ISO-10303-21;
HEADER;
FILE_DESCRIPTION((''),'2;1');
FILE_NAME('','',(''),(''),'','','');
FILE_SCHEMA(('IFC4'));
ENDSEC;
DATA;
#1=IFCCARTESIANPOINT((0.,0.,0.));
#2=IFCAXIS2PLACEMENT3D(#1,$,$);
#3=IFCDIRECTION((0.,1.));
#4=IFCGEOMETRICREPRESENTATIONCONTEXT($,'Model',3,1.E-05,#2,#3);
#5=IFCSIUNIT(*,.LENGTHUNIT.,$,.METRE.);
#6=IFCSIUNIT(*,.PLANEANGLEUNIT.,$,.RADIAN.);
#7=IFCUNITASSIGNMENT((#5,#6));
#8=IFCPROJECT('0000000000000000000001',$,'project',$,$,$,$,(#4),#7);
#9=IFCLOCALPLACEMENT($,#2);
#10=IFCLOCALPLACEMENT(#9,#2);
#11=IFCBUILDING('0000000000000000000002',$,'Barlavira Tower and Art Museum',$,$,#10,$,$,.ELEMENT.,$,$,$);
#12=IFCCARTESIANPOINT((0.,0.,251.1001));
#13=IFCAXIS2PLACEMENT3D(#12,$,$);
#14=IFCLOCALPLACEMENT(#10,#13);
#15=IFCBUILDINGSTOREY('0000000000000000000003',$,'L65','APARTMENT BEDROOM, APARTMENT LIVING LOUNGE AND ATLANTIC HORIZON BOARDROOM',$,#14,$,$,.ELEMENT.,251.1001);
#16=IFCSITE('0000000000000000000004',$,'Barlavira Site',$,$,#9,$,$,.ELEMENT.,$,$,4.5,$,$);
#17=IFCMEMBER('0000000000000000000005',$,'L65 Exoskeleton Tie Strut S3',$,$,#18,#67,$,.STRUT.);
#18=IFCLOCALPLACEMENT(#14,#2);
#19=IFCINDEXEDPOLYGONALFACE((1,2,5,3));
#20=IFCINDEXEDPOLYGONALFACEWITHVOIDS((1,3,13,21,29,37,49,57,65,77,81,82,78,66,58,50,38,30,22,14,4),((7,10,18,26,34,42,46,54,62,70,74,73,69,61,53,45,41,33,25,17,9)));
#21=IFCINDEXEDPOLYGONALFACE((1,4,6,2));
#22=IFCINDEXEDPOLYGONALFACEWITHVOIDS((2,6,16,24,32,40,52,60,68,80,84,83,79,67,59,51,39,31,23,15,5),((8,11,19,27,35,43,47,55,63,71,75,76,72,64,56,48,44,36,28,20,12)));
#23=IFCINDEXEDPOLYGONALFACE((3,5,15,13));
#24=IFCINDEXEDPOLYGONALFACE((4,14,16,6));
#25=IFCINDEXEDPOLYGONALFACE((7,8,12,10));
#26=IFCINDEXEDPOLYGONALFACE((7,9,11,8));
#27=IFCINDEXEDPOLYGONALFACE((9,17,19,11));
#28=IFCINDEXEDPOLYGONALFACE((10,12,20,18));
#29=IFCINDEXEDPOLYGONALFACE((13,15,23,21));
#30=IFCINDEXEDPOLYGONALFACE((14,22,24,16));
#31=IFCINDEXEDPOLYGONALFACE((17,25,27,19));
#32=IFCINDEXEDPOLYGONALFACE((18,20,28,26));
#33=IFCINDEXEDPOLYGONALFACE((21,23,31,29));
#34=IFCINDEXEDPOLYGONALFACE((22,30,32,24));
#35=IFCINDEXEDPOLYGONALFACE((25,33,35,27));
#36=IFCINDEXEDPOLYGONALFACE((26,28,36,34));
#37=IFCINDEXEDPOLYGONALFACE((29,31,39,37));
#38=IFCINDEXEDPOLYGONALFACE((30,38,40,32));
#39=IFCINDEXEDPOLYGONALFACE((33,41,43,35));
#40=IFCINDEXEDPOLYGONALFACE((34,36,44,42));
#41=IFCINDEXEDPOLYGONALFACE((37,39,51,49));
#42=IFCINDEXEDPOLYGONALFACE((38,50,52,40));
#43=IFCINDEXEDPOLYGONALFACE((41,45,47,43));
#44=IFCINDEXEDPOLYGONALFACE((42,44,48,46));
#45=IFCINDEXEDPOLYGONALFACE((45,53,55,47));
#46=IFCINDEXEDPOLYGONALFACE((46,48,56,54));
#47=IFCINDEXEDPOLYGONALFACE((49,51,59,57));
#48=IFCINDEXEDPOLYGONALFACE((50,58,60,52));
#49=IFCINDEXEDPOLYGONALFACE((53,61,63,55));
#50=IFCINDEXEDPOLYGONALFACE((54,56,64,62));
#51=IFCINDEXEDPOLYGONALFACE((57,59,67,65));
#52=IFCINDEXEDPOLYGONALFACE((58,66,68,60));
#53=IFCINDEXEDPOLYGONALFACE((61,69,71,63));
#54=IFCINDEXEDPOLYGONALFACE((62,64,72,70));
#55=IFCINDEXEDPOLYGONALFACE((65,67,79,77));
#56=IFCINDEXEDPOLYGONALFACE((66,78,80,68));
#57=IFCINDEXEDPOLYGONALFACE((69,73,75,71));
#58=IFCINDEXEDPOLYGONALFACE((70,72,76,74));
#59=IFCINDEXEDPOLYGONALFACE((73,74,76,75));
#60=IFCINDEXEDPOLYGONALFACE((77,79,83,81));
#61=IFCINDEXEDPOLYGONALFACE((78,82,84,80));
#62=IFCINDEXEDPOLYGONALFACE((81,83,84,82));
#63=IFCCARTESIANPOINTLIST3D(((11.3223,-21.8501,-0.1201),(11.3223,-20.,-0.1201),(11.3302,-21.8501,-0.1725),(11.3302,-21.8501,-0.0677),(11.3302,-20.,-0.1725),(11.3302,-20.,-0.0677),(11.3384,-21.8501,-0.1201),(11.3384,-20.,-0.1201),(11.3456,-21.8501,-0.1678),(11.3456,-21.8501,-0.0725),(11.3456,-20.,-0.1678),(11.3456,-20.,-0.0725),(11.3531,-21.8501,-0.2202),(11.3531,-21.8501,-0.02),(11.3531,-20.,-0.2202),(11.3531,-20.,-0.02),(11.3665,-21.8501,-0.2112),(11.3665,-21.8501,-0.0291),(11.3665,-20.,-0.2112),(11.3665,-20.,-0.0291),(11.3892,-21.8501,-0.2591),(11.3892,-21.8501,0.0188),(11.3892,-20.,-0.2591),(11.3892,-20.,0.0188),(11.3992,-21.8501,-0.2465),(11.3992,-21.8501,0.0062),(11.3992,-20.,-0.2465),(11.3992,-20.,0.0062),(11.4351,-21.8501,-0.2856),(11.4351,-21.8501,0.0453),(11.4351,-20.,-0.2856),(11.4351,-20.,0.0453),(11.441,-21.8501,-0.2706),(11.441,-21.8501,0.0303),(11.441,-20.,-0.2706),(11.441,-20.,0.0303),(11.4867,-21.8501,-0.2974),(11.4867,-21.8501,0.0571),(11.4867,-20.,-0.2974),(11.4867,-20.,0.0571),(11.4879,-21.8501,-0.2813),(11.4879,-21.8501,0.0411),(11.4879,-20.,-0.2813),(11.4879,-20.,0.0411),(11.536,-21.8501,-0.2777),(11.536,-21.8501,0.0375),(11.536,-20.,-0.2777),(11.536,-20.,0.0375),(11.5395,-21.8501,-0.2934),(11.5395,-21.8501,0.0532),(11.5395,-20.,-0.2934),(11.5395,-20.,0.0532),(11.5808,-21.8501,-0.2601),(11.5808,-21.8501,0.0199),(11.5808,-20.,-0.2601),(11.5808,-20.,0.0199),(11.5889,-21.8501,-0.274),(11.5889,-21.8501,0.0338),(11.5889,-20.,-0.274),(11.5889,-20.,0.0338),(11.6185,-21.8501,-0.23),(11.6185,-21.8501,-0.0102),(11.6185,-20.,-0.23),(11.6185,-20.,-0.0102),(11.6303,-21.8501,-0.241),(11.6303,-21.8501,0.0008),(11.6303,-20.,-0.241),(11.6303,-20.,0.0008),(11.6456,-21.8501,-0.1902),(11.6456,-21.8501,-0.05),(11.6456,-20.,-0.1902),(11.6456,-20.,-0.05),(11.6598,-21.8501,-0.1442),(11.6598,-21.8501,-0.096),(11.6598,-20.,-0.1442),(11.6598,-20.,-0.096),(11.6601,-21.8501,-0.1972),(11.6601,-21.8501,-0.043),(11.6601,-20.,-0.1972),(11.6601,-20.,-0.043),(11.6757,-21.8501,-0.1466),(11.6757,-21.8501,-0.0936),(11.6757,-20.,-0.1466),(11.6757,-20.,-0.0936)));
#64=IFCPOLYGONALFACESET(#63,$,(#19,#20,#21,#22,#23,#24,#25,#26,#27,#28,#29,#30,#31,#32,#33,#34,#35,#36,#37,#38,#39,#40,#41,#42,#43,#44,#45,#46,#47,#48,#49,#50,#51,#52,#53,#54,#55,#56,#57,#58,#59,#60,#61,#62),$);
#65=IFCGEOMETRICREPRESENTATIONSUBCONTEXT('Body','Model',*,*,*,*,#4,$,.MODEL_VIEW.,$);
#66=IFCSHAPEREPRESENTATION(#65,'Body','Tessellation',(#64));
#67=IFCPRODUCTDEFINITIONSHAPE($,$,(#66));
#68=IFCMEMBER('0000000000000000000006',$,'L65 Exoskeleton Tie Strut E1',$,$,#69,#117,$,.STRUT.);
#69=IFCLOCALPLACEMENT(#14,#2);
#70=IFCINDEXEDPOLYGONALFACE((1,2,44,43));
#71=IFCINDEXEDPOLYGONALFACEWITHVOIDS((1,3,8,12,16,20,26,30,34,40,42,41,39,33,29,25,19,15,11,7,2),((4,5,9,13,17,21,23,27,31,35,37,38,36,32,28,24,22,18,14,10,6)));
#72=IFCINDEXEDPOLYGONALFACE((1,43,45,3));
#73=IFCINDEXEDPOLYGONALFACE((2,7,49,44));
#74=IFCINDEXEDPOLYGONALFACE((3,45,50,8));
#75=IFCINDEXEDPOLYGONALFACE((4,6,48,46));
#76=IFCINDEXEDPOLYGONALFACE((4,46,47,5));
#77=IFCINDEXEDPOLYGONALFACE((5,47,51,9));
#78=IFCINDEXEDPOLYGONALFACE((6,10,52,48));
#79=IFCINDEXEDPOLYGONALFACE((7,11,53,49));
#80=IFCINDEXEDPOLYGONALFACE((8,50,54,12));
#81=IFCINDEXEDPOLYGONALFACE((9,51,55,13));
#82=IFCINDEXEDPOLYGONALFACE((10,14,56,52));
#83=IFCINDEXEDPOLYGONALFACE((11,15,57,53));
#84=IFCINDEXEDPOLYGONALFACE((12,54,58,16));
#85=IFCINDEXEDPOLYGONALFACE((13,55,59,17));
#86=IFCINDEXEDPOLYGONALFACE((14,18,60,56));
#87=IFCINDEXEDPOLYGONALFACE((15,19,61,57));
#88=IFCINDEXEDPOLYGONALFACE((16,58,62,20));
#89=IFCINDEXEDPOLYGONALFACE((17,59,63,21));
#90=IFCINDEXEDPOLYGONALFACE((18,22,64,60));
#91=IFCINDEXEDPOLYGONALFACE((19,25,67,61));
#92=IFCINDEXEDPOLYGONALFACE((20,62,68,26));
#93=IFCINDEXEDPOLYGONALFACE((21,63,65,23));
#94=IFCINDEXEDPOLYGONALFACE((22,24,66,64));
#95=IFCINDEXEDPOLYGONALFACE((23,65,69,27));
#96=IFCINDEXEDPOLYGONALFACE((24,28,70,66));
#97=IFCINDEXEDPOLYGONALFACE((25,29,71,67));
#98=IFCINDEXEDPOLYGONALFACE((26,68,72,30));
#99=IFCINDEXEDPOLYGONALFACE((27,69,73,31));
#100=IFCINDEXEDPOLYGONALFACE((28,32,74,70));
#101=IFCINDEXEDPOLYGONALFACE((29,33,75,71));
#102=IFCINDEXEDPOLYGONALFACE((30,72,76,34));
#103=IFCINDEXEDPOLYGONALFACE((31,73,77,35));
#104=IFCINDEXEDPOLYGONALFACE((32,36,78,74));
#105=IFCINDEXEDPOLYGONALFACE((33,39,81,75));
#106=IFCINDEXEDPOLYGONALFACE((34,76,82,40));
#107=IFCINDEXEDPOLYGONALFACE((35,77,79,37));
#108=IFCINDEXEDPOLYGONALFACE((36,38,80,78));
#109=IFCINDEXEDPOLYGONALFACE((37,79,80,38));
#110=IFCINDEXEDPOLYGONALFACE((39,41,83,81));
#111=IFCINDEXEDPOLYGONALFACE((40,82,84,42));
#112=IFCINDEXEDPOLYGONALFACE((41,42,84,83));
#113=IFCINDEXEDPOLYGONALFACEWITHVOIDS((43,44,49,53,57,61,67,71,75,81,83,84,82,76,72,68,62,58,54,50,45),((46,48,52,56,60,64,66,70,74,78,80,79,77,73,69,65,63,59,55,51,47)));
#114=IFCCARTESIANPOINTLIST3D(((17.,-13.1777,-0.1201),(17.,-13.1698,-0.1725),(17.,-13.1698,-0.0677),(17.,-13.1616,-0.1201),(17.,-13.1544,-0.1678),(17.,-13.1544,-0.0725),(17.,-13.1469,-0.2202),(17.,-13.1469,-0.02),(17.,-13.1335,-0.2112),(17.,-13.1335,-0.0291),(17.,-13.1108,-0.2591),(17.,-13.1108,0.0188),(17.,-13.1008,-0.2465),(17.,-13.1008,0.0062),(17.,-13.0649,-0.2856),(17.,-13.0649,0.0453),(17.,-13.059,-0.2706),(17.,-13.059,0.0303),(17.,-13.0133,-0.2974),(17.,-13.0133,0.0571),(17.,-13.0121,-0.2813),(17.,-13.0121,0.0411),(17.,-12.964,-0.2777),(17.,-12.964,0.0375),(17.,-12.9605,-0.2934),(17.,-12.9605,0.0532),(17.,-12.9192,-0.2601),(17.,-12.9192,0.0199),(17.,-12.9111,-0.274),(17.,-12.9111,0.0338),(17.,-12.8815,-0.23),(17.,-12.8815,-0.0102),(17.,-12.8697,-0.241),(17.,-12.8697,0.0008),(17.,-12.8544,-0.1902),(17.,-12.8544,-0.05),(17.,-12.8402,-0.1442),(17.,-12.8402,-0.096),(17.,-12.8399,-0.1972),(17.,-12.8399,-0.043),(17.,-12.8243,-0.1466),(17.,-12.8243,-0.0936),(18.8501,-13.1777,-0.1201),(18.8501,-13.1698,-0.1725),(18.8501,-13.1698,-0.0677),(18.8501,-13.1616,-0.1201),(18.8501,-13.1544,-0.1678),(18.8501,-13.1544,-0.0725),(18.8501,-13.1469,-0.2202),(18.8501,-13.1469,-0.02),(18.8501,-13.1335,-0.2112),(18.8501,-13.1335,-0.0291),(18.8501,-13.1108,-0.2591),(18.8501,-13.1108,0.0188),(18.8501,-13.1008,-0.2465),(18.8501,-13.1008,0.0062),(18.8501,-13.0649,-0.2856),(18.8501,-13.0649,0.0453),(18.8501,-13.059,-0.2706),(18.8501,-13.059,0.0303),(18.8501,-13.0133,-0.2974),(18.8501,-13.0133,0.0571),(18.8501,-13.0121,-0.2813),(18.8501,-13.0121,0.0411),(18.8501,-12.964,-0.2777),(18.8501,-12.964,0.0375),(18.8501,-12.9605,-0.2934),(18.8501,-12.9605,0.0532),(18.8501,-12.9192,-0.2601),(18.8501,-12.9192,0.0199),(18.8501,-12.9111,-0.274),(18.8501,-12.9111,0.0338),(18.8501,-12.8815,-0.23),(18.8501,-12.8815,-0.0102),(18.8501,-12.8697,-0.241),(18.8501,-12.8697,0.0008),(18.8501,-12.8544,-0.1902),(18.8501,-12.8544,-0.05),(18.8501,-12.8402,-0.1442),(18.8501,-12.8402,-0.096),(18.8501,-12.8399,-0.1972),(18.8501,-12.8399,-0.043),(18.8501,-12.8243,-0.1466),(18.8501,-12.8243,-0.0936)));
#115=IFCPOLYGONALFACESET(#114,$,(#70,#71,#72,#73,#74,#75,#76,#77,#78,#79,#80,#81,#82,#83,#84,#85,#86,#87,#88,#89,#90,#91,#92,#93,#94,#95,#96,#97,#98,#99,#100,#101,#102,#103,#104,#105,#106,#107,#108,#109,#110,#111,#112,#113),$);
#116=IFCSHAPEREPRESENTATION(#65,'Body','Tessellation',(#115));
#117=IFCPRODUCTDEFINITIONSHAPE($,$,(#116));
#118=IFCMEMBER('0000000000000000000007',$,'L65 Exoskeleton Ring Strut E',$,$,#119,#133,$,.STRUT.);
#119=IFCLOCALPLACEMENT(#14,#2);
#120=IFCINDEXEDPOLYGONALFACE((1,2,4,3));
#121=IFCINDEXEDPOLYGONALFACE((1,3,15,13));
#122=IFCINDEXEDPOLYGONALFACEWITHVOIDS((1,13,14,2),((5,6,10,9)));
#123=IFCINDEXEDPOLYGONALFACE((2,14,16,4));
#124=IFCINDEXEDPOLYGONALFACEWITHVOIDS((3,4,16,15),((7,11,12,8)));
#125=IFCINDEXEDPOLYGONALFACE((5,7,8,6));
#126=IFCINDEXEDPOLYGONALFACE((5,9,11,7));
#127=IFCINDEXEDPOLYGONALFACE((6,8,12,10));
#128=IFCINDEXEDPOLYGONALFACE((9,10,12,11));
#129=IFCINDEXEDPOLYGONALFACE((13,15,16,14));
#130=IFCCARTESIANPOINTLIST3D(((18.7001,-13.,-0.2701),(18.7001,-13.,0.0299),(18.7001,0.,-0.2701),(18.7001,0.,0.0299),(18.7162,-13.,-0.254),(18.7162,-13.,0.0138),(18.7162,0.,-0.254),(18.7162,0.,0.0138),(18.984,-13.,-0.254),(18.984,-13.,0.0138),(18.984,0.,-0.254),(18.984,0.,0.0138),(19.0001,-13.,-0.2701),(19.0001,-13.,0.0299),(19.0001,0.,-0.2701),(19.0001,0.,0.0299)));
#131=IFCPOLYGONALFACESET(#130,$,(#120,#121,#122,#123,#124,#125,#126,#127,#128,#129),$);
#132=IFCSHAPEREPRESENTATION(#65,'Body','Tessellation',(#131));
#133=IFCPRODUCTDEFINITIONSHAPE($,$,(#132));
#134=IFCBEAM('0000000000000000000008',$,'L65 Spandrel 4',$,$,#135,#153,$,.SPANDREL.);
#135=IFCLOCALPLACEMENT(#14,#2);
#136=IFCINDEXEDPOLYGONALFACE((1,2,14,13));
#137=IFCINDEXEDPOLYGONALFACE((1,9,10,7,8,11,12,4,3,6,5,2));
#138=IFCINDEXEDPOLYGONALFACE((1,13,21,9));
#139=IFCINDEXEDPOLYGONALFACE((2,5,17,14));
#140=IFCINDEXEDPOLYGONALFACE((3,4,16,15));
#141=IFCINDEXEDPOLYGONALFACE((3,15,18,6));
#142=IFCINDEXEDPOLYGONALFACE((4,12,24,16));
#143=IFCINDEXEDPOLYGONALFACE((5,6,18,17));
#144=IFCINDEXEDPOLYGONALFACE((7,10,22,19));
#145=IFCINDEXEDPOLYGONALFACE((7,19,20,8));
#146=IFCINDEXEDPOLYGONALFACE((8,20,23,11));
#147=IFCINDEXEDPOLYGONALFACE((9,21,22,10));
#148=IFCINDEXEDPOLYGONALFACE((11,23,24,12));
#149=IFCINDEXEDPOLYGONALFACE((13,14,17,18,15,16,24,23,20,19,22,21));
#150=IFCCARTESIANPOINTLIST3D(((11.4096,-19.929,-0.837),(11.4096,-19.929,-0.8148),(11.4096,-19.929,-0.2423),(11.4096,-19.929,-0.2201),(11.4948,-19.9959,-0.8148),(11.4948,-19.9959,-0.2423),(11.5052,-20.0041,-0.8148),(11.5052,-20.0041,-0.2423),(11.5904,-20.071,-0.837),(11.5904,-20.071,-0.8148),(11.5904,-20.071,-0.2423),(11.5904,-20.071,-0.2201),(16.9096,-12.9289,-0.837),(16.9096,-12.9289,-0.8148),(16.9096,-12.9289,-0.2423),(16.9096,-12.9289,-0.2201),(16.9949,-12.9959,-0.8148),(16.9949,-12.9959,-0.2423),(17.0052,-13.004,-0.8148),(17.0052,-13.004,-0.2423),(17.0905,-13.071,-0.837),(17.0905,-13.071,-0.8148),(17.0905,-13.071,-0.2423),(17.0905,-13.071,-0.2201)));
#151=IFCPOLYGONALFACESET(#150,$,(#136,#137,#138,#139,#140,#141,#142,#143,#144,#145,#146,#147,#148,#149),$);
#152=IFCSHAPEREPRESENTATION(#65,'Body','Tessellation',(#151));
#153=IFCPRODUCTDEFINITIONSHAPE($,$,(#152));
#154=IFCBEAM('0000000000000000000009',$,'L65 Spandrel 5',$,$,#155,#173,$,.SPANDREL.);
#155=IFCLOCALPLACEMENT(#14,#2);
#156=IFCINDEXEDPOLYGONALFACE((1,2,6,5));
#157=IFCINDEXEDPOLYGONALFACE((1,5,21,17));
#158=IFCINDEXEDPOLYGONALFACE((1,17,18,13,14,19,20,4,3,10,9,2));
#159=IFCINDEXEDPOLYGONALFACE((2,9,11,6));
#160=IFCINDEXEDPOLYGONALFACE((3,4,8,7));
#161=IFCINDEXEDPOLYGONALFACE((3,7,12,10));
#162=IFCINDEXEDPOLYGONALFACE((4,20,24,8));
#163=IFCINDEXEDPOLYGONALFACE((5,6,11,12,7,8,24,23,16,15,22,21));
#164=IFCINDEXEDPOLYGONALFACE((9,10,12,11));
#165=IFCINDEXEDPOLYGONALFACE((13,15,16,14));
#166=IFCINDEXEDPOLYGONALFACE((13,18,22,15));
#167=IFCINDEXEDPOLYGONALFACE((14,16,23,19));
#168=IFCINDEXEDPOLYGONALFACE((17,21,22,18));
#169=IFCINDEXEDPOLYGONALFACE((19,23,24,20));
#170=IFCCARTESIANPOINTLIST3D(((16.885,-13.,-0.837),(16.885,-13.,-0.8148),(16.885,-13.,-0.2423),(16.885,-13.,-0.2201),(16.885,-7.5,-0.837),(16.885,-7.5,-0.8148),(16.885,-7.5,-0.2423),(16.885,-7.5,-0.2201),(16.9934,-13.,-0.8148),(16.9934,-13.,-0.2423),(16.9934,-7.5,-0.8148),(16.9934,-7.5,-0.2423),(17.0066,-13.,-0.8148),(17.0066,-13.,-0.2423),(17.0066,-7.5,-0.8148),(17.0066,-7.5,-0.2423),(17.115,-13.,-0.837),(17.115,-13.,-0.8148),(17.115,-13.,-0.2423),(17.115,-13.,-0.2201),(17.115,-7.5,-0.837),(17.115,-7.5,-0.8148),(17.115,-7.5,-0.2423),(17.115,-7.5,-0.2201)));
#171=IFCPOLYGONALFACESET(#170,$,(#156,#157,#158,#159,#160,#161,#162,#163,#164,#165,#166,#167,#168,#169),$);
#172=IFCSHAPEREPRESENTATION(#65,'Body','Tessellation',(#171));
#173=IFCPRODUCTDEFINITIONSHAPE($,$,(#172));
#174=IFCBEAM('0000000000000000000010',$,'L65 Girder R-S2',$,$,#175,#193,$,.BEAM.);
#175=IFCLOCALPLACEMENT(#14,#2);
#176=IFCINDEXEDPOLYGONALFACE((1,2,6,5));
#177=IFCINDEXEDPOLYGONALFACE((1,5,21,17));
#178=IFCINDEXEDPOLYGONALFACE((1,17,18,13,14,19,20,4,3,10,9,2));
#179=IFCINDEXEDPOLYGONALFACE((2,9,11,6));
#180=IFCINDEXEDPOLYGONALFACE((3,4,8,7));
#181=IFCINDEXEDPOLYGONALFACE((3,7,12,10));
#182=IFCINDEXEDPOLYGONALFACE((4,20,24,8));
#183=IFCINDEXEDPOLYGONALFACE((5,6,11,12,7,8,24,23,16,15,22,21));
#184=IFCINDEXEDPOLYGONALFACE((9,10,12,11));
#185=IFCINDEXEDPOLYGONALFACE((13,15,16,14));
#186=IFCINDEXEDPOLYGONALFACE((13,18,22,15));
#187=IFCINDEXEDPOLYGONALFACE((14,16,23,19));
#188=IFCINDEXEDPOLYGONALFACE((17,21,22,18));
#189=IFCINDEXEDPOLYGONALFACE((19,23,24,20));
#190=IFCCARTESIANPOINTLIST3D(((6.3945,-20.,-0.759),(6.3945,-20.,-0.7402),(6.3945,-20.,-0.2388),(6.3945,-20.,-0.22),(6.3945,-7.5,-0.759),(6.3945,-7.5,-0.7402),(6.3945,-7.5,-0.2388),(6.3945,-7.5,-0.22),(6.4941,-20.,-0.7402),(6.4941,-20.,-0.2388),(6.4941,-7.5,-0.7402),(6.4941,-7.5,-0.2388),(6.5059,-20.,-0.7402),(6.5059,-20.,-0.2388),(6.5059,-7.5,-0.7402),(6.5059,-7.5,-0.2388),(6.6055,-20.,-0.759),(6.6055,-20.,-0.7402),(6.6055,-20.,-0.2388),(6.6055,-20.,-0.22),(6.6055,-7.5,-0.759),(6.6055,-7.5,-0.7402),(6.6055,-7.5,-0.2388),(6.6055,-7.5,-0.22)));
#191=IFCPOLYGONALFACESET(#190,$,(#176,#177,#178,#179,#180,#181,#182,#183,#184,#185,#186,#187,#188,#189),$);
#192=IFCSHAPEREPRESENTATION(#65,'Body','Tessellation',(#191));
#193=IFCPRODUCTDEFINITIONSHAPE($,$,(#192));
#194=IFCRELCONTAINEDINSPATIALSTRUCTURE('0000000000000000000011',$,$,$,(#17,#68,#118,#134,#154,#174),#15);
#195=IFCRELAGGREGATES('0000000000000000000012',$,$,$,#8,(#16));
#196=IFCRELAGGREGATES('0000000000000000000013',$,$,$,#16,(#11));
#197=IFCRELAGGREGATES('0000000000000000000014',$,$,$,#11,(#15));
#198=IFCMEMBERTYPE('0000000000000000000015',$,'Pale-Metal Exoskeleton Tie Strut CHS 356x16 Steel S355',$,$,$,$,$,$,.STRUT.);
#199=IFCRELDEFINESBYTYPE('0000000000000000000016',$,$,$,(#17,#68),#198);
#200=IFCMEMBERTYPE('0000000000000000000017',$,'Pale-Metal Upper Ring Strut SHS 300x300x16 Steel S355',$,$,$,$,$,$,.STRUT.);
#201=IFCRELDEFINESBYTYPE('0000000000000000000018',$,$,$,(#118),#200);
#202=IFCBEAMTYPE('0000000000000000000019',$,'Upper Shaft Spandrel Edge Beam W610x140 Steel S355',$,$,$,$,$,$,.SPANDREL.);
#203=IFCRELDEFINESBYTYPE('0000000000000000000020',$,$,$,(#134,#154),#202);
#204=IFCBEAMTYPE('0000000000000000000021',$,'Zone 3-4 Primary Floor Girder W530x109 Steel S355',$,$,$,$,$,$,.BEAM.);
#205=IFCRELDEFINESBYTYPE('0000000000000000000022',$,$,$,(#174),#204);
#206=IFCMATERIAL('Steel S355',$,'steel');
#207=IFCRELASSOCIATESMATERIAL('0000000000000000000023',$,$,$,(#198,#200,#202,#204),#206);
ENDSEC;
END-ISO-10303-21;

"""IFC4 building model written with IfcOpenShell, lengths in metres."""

from ifc_helpers import new_model, si_unit, direction, frame, origin, origin_2d, place, context, subcontext, project, spatial, hollow_rectangle, hollow_circle, i_section, extrude, material, material_profile, profile_set, type_object, element, save


model = new_model("IFC4")

# Units and contexts
model_context = context("Model", 3, precision=1e-05, world=origin(), true_north=direction((0.0, 1.0)))
body_context = subcontext(model_context, "Body", "Model", "MODEL_VIEW")
ifc_project = project(units=[si_unit("LENGTHUNIT", "METRE"), si_unit("PLANEANGLEUNIT", "RADIAN")], contexts=[model_context])

# Site, building, storey
site_placement = place(None, origin())
site = spatial("IfcSite", under=ifc_project, at=site_placement, Name="Barlavira Site", CompositionType="ELEMENT", RefElevation=4.5)
building_placement = place(site_placement, origin())
building = spatial("IfcBuilding", under=site, at=building_placement, Name="Barlavira Tower and Art Museum", CompositionType="ELEMENT")
storey_placement = place(building_placement, frame((0.0, 0.0, 251.1001)))
storey = spatial("IfcBuildingStorey", under=building, at=storey_placement, Name="L65", Description="APARTMENT BEDROOM, APARTMENT LIVING LOUNGE AND ATLANTIC HORIZON BOARDROOM", CompositionType="ELEMENT", Elevation=251.1001)

# Shared definitions
ifc_material_1 = material(Name="Steel S355", Category="steel")

# Members
ifc_material_profile_1 = material_profile(ifc_material_1, hollow_circle(Radius=0.1777, WallThickness=0.0161, at=origin_2d()), Name="CHS 355.6x16.0")
ifc_profile_set_1 = profile_set([ifc_material_profile_1], Name="Steel S355")
member_type_1 = type_object("IfcMemberType", Name="Pale-Metal Exoskeleton Tie Strut CHS 356x16 Steel S355", PredefinedType="STRUT", material=ifc_profile_set_1)
for number, where, z_axis, x_axis, name in (
    (1, (11.5, -21.8501, -0.1201), (0.0, 1.0, 0.0), (-1.0, 0.0, 0.0), "L65 Exoskeleton Tie Strut S3"),
    (2, (18.8501, -13.0, -0.1201), (-1.0, 0.0, 0.0), (0.0, -1.0, 0.0), "L65 Exoskeleton Tie Strut E1"),
):
    element("IfcMember", number, at=place(storey_placement, frame(where, z_axis=z_axis, x_axis=x_axis)), inside=storey, type_object=member_type_1, Name=name, PredefinedType="STRUT", context=body_context, shape_type="SweptSolid", body=[
        extrude(hollow_circle(Radius=0.1777, WallThickness=0.0161, at=origin_2d()), origin(), (0.0, 0.0, 1.0), 1.8501),
    ])
ifc_material_profile_2 = material_profile(ifc_material_1, hollow_rectangle(XDim=0.3, YDim=0.3, WallThickness=0.0161, at=origin_2d()), Name="SHS 300x300x16.0")
ifc_profile_set_2 = profile_set([ifc_material_profile_2], Name="Steel S355")
member_type_2 = type_object("IfcMemberType", Name="Pale-Metal Upper Ring Strut SHS 300x300x16 Steel S355", PredefinedType="STRUT", material=ifc_profile_set_2)
member_1_placement = place(storey_placement, frame((18.8501, -13.0, -0.1201), z_axis=(0.0, 1.0, 0.0), x_axis=(-1.0, 0.0, 0.0)))
element("IfcMember", 3, at=member_1_placement, inside=storey, type_object=member_type_2, Name="L65 Exoskeleton Ring Strut E", PredefinedType="STRUT", context=body_context, shape_type="SweptSolid", body=[
    extrude(hollow_rectangle(XDim=0.3, YDim=0.3, WallThickness=0.0161, at=origin_2d()), origin(), (0.0, 0.0, 1.0), 13.0),
])

# Beams
ifc_material_profile_3 = material_profile(ifc_material_1, i_section(OverallWidth=0.23, OverallDepth=0.6169, WebThickness=0.0132, FlangeThickness=0.0222, at=origin_2d()), Name="W610x140.0")
ifc_profile_set_3 = profile_set([ifc_material_profile_3], Name="Steel S355")
beam_type_1 = type_object("IfcBeamType", Name="Upper Shaft Spandrel Edge Beam W610x140 Steel S355", PredefinedType="SPANDREL", material=ifc_profile_set_3)
beam_1_placement = place(storey_placement, frame((11.5, -20.0, -0.5286), z_axis=(0.617822, 0.786318, 0.0), x_axis=(-0.786318, 0.617822, 0.0)))
element("IfcBeam", 4, at=beam_1_placement, inside=storey, type_object=beam_type_1, Name="L65 Spandrel 4", PredefinedType="SPANDREL", context=body_context, shape_type="SweptSolid", body=[
    extrude(i_section(OverallWidth=0.23, OverallDepth=0.6169, WebThickness=0.0132, FlangeThickness=0.0222, at=origin_2d()), origin(), (0.0, 0.0, 1.0), 8.9023),
])
beam_2_placement = place(storey_placement, frame((17.0, -13.0, -0.5286), z_axis=(0.0, 1.0, 0.0), x_axis=(-1.0, 0.0, 0.0)))
element("IfcBeam", 5, at=beam_2_placement, inside=storey, type_object=beam_type_1, Name="L65 Spandrel 5", PredefinedType="SPANDREL", context=body_context, shape_type="SweptSolid", body=[
    extrude(i_section(OverallWidth=0.23, OverallDepth=0.6169, WebThickness=0.0132, FlangeThickness=0.0222, at=origin_2d()), origin(), (0.0, 0.0, 1.0), 5.5),
])
ifc_material_profile_4 = material_profile(ifc_material_1, i_section(OverallWidth=0.2109, OverallDepth=0.5391, WebThickness=0.0117, FlangeThickness=0.0188, at=origin_2d()), Name="W530x109.0")
ifc_profile_set_4 = profile_set([ifc_material_profile_4], Name="Steel S355")
beam_type_2 = type_object("IfcBeamType", Name="Zone 3-4 Primary Floor Girder W530x109 Steel S355", PredefinedType="BEAM", material=ifc_profile_set_4)
beam_3_placement = place(storey_placement, frame((6.5, -20.0, -0.4895), z_axis=(0.0, 1.0, 0.0), x_axis=(-1.0, 0.0, 0.0)))
element("IfcBeam", 6, at=beam_3_placement, inside=storey, type_object=beam_type_2, Name="L65 Girder R-S2", PredefinedType="BEAM", context=body_context, shape_type="SweptSolid", body=[
    extrude(i_section(OverallWidth=0.2109, OverallDepth=0.5391, WebThickness=0.0117, FlangeThickness=0.0188, at=origin_2d()), origin(), (0.0, 0.0, 1.0), 12.5),
])

save(model, "model.ifc")
